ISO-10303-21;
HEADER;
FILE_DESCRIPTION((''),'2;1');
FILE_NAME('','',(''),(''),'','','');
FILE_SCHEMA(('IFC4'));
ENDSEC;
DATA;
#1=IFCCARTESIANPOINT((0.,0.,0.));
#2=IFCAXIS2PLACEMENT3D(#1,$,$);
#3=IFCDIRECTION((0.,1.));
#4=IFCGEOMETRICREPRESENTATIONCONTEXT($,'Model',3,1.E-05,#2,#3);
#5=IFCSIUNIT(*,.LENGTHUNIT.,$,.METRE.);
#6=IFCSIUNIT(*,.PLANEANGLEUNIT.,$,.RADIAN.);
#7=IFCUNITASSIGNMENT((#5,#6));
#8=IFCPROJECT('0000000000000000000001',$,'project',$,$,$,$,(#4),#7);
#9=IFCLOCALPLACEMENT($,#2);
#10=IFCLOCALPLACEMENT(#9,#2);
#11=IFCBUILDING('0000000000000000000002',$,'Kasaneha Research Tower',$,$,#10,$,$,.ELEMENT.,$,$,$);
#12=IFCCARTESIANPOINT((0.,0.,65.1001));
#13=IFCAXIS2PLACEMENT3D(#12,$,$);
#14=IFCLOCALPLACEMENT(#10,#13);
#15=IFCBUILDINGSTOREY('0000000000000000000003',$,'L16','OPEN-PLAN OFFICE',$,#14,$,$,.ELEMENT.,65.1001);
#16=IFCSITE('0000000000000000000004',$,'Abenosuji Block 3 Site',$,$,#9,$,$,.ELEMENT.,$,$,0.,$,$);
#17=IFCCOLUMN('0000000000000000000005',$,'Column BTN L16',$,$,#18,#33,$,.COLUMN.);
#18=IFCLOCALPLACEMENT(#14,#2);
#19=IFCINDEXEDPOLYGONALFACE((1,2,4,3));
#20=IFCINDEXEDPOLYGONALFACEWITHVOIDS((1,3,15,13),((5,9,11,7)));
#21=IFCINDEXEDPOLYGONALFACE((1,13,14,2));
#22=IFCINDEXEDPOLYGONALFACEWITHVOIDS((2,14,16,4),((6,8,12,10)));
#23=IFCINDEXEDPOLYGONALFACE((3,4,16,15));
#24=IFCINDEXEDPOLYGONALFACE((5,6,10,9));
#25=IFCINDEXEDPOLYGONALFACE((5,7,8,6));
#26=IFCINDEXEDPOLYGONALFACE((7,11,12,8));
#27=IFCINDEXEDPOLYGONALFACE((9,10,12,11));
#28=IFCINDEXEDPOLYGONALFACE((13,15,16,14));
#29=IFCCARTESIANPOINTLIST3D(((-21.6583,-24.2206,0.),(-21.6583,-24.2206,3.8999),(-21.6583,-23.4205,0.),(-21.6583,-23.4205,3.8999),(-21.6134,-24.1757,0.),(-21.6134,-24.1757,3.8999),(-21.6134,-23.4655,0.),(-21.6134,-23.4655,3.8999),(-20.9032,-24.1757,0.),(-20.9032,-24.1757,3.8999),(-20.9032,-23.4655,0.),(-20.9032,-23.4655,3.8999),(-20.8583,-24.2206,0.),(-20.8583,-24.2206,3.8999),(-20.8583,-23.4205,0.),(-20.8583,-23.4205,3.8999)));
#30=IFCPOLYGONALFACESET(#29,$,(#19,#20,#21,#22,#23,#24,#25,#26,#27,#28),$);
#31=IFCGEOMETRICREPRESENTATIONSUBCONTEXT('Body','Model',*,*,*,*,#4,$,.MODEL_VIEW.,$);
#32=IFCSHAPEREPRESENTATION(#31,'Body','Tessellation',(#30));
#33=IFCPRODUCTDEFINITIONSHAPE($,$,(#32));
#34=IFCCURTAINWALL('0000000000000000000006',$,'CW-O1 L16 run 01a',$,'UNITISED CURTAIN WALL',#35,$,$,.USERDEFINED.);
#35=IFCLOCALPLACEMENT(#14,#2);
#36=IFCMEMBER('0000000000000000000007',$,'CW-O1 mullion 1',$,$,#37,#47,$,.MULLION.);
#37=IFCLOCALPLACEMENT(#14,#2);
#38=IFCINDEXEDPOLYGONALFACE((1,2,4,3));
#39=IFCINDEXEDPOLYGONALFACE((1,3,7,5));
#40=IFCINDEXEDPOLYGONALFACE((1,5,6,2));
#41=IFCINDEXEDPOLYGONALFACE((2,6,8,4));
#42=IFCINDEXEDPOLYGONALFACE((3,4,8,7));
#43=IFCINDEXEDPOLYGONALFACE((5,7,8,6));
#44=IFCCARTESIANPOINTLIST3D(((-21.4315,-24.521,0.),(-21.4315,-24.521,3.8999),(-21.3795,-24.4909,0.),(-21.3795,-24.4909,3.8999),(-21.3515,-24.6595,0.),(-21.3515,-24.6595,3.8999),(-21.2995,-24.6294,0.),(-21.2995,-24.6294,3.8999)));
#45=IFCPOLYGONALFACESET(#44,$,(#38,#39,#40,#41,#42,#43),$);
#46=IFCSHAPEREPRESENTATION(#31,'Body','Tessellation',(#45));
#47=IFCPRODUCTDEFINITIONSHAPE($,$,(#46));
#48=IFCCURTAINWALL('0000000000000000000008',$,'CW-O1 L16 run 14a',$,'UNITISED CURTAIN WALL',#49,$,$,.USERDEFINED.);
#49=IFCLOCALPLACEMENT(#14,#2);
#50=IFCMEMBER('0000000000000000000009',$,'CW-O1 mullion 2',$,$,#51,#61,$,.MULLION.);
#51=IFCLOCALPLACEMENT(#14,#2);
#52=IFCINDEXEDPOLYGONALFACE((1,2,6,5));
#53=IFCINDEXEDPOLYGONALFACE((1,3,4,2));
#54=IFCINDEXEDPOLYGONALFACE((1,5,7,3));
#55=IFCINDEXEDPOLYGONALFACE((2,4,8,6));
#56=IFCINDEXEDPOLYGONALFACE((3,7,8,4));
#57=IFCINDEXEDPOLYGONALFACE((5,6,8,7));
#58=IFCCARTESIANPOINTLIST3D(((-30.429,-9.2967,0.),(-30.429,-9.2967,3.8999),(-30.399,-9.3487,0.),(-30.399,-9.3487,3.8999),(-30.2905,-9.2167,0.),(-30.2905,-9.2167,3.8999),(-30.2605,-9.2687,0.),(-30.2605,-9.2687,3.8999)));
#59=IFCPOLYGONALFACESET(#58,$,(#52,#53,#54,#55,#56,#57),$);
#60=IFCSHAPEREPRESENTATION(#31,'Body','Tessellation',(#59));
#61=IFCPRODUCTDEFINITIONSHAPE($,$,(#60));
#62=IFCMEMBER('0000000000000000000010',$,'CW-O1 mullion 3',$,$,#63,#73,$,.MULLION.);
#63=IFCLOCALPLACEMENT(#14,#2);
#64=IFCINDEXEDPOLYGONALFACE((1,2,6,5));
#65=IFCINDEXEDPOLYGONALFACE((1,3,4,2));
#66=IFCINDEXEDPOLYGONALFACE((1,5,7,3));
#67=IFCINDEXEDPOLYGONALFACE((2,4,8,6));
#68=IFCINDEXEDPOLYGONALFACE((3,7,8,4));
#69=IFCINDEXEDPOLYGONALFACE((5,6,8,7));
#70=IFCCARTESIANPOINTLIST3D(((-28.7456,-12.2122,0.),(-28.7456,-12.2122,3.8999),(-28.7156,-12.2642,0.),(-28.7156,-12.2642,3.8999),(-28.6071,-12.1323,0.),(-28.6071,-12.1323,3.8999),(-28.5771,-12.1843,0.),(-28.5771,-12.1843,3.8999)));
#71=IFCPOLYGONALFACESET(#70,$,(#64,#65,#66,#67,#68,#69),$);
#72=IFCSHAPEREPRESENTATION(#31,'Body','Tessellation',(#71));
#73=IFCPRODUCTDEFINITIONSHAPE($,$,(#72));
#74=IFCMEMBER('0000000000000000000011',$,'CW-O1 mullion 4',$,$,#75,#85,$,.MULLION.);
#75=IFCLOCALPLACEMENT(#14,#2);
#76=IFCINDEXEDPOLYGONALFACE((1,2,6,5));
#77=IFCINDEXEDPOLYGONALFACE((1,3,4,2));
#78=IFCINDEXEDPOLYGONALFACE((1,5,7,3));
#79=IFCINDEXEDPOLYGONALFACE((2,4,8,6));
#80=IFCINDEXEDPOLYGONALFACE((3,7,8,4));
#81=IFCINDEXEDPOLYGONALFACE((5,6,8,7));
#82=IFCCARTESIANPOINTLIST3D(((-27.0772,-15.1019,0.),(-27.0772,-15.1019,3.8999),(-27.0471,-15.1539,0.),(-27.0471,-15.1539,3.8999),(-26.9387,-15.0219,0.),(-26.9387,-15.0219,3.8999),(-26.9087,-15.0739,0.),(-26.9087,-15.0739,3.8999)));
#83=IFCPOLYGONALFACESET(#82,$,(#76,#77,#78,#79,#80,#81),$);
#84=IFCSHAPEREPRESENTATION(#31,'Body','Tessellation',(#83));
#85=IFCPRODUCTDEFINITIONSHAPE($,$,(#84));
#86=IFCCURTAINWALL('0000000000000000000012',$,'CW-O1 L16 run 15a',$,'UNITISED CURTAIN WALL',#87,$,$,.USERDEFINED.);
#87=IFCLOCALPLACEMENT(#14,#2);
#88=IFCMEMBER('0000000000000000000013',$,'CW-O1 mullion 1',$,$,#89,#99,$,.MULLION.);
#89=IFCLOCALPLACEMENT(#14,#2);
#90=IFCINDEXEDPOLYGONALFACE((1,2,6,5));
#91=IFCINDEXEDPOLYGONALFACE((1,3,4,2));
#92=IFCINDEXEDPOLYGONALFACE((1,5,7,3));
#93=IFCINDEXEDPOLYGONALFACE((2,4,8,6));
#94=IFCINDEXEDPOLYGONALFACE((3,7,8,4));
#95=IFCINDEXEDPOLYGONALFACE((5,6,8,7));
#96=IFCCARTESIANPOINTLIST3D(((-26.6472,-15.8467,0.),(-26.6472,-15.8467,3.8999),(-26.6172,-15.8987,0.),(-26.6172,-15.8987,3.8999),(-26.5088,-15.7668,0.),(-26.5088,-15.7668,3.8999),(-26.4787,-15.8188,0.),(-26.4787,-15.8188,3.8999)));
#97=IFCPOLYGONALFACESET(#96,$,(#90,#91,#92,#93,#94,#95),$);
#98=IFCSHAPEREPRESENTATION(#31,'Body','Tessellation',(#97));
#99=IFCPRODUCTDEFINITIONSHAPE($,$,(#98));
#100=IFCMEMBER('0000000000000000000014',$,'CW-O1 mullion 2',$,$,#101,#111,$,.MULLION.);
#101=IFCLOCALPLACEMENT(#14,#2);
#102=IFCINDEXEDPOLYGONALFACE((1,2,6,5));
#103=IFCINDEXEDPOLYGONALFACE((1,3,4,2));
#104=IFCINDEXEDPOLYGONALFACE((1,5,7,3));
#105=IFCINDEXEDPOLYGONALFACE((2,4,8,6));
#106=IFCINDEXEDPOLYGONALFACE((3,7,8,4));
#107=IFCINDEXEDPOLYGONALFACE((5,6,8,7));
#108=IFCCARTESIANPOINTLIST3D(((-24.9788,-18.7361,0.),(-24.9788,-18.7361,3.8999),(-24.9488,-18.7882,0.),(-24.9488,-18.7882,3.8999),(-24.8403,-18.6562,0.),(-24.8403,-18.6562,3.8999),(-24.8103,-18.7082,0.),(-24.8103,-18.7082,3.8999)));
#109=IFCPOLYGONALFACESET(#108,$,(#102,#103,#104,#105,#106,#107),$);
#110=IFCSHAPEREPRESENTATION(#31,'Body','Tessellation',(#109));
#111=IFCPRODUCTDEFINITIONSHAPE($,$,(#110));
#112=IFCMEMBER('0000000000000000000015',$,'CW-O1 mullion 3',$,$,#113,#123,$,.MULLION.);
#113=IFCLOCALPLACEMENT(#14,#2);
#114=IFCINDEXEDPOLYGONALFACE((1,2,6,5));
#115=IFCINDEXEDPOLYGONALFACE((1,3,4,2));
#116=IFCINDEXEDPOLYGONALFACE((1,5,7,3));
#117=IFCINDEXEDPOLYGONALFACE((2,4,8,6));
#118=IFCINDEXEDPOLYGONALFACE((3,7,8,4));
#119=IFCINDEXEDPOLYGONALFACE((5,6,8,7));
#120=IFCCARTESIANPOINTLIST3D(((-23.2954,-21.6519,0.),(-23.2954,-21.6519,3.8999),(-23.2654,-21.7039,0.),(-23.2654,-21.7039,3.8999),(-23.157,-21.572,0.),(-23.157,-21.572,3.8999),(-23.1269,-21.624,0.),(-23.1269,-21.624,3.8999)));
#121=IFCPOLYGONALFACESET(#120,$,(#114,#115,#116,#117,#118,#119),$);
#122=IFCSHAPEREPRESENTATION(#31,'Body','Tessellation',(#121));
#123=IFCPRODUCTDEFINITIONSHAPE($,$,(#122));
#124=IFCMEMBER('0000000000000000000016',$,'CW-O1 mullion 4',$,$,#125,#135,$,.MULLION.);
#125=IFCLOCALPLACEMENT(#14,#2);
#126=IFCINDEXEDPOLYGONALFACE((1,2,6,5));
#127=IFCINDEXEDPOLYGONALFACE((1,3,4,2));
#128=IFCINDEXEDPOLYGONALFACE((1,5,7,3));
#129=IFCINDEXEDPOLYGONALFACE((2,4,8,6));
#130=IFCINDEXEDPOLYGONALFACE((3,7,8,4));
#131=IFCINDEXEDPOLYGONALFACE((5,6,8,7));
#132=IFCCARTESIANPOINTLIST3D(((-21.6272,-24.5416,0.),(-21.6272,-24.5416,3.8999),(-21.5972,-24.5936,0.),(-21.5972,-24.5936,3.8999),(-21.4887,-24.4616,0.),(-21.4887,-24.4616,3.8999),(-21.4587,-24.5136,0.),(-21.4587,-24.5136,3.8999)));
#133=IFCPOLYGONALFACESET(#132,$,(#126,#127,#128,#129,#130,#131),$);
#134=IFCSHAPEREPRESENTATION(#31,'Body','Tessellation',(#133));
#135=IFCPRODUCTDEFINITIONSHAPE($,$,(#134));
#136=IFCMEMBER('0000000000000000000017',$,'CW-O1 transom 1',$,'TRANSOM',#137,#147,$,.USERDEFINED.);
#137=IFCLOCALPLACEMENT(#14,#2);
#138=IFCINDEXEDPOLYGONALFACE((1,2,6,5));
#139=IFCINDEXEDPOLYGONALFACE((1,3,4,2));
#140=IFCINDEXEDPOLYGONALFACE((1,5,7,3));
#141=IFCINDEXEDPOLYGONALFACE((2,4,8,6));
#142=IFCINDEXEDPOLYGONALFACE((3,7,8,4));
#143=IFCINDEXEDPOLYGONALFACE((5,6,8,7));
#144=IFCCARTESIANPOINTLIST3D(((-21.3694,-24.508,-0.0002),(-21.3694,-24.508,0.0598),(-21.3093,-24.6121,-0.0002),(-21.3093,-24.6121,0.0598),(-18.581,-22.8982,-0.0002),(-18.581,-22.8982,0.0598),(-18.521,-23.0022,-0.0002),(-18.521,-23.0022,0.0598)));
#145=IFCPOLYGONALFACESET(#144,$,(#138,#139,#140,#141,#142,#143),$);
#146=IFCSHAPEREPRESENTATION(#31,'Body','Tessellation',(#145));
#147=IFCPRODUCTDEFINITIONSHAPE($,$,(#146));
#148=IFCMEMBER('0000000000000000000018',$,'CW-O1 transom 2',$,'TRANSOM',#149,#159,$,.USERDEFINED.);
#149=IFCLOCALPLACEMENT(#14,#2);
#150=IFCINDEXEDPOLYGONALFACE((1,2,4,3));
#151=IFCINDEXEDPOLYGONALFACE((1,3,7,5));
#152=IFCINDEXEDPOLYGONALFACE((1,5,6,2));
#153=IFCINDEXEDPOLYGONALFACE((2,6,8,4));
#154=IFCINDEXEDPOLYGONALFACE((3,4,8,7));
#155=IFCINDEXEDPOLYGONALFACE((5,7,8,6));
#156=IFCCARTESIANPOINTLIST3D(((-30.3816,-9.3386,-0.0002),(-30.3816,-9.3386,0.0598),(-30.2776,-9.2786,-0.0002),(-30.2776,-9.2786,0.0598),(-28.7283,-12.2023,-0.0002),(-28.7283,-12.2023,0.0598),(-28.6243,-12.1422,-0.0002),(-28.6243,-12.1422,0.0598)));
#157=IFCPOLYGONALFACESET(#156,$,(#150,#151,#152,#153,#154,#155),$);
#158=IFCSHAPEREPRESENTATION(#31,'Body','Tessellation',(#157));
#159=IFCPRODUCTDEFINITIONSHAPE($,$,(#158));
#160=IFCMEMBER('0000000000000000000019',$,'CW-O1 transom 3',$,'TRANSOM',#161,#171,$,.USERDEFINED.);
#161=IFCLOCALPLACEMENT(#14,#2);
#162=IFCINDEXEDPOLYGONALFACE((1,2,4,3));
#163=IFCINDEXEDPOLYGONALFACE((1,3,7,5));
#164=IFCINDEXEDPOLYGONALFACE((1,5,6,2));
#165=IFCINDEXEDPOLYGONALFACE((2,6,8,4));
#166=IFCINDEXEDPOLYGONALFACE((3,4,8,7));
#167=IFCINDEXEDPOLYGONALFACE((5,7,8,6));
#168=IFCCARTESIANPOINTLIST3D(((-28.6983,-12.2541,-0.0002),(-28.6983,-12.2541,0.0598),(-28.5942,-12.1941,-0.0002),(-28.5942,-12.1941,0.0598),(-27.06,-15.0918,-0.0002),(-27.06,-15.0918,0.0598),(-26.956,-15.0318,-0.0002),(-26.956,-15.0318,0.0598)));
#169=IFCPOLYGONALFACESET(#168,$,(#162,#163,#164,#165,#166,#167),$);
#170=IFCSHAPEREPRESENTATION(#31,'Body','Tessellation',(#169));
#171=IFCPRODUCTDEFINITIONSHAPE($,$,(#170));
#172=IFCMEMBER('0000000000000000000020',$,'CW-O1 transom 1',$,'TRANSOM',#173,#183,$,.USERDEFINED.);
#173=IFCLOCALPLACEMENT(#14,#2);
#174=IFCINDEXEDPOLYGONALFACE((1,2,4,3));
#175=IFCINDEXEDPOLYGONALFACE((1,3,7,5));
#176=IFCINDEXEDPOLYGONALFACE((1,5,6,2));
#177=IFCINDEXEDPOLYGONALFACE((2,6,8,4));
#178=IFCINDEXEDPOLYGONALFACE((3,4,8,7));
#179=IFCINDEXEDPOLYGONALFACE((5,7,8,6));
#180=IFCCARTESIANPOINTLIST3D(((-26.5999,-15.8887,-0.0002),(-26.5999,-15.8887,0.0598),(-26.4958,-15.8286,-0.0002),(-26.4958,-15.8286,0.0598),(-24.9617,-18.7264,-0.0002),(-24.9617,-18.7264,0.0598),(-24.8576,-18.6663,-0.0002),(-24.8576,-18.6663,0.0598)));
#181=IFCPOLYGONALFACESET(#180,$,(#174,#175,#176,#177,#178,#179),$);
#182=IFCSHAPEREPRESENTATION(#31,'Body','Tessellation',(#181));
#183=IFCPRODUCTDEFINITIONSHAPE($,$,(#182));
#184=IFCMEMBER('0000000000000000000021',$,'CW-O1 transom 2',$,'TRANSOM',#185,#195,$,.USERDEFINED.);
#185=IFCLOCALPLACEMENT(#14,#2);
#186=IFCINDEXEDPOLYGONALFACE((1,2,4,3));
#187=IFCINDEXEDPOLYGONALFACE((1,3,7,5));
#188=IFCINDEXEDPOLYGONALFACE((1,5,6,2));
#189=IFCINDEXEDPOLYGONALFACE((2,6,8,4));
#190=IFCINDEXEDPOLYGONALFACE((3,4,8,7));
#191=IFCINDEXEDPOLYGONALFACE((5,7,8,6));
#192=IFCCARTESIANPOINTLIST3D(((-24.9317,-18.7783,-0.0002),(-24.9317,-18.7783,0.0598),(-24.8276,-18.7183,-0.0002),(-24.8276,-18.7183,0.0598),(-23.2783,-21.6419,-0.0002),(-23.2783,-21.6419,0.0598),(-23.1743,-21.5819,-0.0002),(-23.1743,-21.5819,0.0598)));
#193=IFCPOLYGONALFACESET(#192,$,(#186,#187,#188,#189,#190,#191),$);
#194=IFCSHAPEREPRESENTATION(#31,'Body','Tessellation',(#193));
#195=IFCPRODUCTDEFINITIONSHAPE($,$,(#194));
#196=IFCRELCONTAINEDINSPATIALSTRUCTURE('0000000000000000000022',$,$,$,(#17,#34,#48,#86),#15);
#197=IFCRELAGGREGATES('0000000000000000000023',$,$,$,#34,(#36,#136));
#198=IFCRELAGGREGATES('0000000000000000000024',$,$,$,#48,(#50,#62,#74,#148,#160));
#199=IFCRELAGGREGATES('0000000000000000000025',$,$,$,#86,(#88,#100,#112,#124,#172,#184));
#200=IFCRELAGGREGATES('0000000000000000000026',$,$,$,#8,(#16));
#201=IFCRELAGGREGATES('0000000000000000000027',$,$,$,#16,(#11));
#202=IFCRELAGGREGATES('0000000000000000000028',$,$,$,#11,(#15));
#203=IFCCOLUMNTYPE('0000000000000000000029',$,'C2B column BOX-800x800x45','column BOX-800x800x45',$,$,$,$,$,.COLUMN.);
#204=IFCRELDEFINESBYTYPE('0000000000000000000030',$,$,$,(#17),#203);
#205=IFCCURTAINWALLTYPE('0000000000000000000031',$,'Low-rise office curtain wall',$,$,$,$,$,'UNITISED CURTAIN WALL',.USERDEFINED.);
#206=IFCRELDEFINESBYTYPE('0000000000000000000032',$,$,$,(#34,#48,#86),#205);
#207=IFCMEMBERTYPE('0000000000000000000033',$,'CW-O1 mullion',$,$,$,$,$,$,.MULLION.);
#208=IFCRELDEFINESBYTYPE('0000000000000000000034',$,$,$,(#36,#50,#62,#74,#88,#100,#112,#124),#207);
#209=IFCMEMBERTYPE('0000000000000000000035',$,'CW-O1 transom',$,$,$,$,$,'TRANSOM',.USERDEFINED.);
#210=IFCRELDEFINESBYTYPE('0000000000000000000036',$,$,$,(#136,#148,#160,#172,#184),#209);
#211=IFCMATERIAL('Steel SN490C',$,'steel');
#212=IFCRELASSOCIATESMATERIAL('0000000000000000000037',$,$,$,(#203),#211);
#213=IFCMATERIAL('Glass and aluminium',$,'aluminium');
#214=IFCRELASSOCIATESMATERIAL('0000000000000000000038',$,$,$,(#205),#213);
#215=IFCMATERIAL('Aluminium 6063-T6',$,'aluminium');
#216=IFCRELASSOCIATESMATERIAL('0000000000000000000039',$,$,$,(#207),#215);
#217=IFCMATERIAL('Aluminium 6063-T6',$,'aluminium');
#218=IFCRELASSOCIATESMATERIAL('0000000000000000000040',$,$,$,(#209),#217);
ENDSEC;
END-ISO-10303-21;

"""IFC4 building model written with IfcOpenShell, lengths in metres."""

from ifc_helpers import new_model, si_unit, direction, frame, origin, origin_2d, place, context, subcontext, project, spatial, rectangle, hollow_rectangle, extrude, material, material_profile, profile_set, type_object, element, aggregate, save


model = new_model("IFC4")

# Units and contexts
model_context = context("Model", 3, precision=1e-05, world=origin(), true_north=direction((0.0, 1.0)))
body_context = subcontext(model_context, "Body", "Model", "MODEL_VIEW")
ifc_project = project(units=[si_unit("LENGTHUNIT", "METRE"), si_unit("PLANEANGLEUNIT", "RADIAN")], contexts=[model_context])

# Site, building, storey
site_placement = place(None, origin())
site = spatial("IfcSite", under=ifc_project, at=site_placement, Name="Abenosuji Block 3 Site", CompositionType="ELEMENT", RefElevation=0.0)
building_placement = place(site_placement, origin())
building = spatial("IfcBuilding", under=site, at=building_placement, Name="Kasaneha Research Tower", CompositionType="ELEMENT")
storey_placement = place(building_placement, frame((0.0, 0.0, 65.1001)))
storey = spatial("IfcBuildingStorey", under=building, at=storey_placement, Name="L16", Description="OPEN-PLAN OFFICE", CompositionType="ELEMENT", Elevation=65.1001)

# Column
ifc_material_1 = material(Name="Steel SN490C", Category="steel")
ifc_material_profile_1 = material_profile(ifc_material_1, hollow_rectangle(XDim=0.8, YDim=0.8, WallThickness=0.0449, at=origin_2d()), Name="BOX-800x800x45")
ifc_profile_set_1 = profile_set([ifc_material_profile_1], Name="Steel SN490C")
column_type = type_object("IfcColumnType", Name="C2B column BOX-800x800x45", Description="column BOX-800x800x45", PredefinedType="COLUMN", material=ifc_profile_set_1)
column_placement = place(storey_placement, frame((-21.2583, -23.8206, 0.0), z_axis=(0.0, 0.0, 1.0), x_axis=(1.0, 0.0, 0.0)))
element("IfcColumn", 1, at=column_placement, inside=storey, type_object=column_type, Name="Column BTN L16", PredefinedType="COLUMN", context=body_context, shape_type="SweptSolid", body=[
    extrude(hollow_rectangle(XDim=0.8, YDim=0.8, WallThickness=0.0449, at=origin_2d()), origin(), (0.0, 0.0, 1.0), 3.8999),
])

# Curtain wall, member
ifc_material_2 = material(Name="Glass and aluminium", Category="aluminium")
curtain_wall_type = type_object("IfcCurtainWallType", Name="Low-rise office curtain wall", ElementType="UNITISED CURTAIN WALL", PredefinedType="USERDEFINED", material=ifc_material_2)
curtain_wall_1_placement = place(storey_placement, origin())
curtain_wall_1 = element("IfcCurtainWall", 2, at=curtain_wall_1_placement, inside=storey, type_object=curtain_wall_type, Name="CW-O1 L16 run 01a", ObjectType="UNITISED CURTAIN WALL", PredefinedType="USERDEFINED")
ifc_material_3 = material(Name="Aluminium 6063-T6", Category="aluminium")
ifc_material_profile_2 = material_profile(ifc_material_3, rectangle(XDim=0.0601, YDim=0.1599, at=origin_2d()), Name="CW-O1 mullion 60x160")
ifc_profile_set_2 = profile_set([ifc_material_profile_2], Name="Aluminium 6063-T6")
member_type_1 = type_object("IfcMemberType", Name="CW-O1 mullion", PredefinedType="MULLION", material=ifc_profile_set_2)
member_1_placement = place(storey_placement, frame((-21.3655, -24.5752, 0.0), z_axis=(0.0, 0.0, 1.0), x_axis=(0.866025, 0.5, 0.0)))
member_1 = element("IfcMember", 3, at=member_1_placement, type_object=member_type_1, Name="CW-O1 mullion 1", PredefinedType="MULLION", context=body_context, shape_type="SweptSolid", body=[
    extrude(rectangle(XDim=0.0601, YDim=0.1599, at=origin_2d()), origin(), (0.0, 0.0, 1.0), 3.8999),
])

# Curtain walls, members
curtain_wall_2_placement = place(storey_placement, origin())
curtain_wall_2 = element("IfcCurtainWall", 4, at=curtain_wall_2_placement, inside=storey, type_object=curtain_wall_type, Name="CW-O1 L16 run 14a", ObjectType="UNITISED CURTAIN WALL", PredefinedType="USERDEFINED")
member_2_placement = place(storey_placement, frame((-30.3447, -9.2827, 0.0), z_axis=(0.0, 0.0, 1.0), x_axis=(0.5, -0.866025, 0.0)))
member_2 = element("IfcMember", 5, at=member_2_placement, type_object=member_type_1, Name="CW-O1 mullion 2", PredefinedType="MULLION", context=body_context, shape_type="SweptSolid", body=[
    extrude(rectangle(XDim=0.0601, YDim=0.1599, at=origin_2d()), origin(), (0.0, 0.0, 1.0), 3.8999),
])
member_3_placement = place(storey_placement, frame((-28.6614, -12.1982, 0.0), z_axis=(0.0, 0.0, 1.0), x_axis=(0.5, -0.866025, 0.0)))
member_3 = element("IfcMember", 6, at=member_3_placement, type_object=member_type_1, Name="CW-O1 mullion 3", PredefinedType="MULLION", context=body_context, shape_type="SweptSolid", body=[
    extrude(rectangle(XDim=0.0601, YDim=0.1599, at=origin_2d()), origin(), (0.0, 0.0, 1.0), 3.8999),
])
member_4_placement = place(storey_placement, frame((-26.9929, -15.0879, 0.0), z_axis=(0.0, 0.0, 1.0), x_axis=(0.5, -0.866025, 0.0)))
member_4 = element("IfcMember", 7, at=member_4_placement, type_object=member_type_1, Name="CW-O1 mullion 4", PredefinedType="MULLION", context=body_context, shape_type="SweptSolid", body=[
    extrude(rectangle(XDim=0.0601, YDim=0.1599, at=origin_2d()), origin(), (0.0, 0.0, 1.0), 3.8999),
])
curtain_wall_3_placement = place(storey_placement, origin())
curtain_wall_3 = element("IfcCurtainWall", 8, at=curtain_wall_3_placement, inside=storey, type_object=curtain_wall_type, Name="CW-O1 L16 run 15a", ObjectType="UNITISED CURTAIN WALL", PredefinedType="USERDEFINED")
member_5_placement = place(storey_placement, frame((-26.563, -15.8328, 0.0), z_axis=(0.0, 0.0, 1.0), x_axis=(0.5, -0.866025, 0.0)))
member_5 = element("IfcMember", 9, at=member_5_placement, type_object=member_type_1, Name="CW-O1 mullion 1", PredefinedType="MULLION", context=body_context, shape_type="SweptSolid", body=[
    extrude(rectangle(XDim=0.0601, YDim=0.1599, at=origin_2d()), origin(), (0.0, 0.0, 1.0), 3.8999),
])
member_6_placement = place(storey_placement, frame((-24.8945, -18.7222, 0.0), z_axis=(0.0, 0.0, 1.0), x_axis=(0.5, -0.866025, 0.0)))
member_6 = element("IfcMember", 10, at=member_6_placement, type_object=member_type_1, Name="CW-O1 mullion 2", PredefinedType="MULLION", context=body_context, shape_type="SweptSolid", body=[
    extrude(rectangle(XDim=0.0601, YDim=0.1599, at=origin_2d()), origin(), (0.0, 0.0, 1.0), 3.8999),
])
member_7_placement = place(storey_placement, frame((-23.2112, -21.6379, 0.0), z_axis=(0.0, 0.0, 1.0), x_axis=(0.5, -0.866025, 0.0)))
member_7 = element("IfcMember", 11, at=member_7_placement, type_object=member_type_1, Name="CW-O1 mullion 3", PredefinedType="MULLION", context=body_context, shape_type="SweptSolid", body=[
    extrude(rectangle(XDim=0.0601, YDim=0.1599, at=origin_2d()), origin(), (0.0, 0.0, 1.0), 3.8999),
])
member_8_placement = place(storey_placement, frame((-21.543, -24.5276, 0.0), z_axis=(0.0, 0.0, 1.0), x_axis=(0.5, -0.866025, 0.0)))
member_8 = element("IfcMember", 12, at=member_8_placement, type_object=member_type_1, Name="CW-O1 mullion 4", PredefinedType="MULLION", context=body_context, shape_type="SweptSolid", body=[
    extrude(rectangle(XDim=0.0601, YDim=0.1599, at=origin_2d()), origin(), (0.0, 0.0, 1.0), 3.8999),
])

# Members
ifc_material_4 = material(Name="Aluminium 6063-T6", Category="aluminium")
ifc_material_profile_3 = material_profile(ifc_material_4, rectangle(XDim=0.1201, YDim=0.0601, at=origin_2d()), Name="CW-O1 transom 120x60")
ifc_profile_set_3 = profile_set([ifc_material_profile_3], Name="Aluminium 6063-T6")
member_type_2 = type_object("IfcMemberType", Name="CW-O1 transom", ElementType="TRANSOM", PredefinedType="USERDEFINED", material=ifc_profile_set_3)
member_9_placement = place(storey_placement, frame((-21.3394, -24.5601, 0.0298), z_axis=(0.866023, 0.500005, 0.0), x_axis=(-0.500005, 0.866023, 0.0)))
member_9 = element("IfcMember", 13, at=member_9_placement, type_object=member_type_2, Name="CW-O1 transom 1", ObjectType="TRANSOM", PredefinedType="USERDEFINED", context=body_context, shape_type="SweptSolid", body=[
    extrude(rectangle(XDim=0.1201, YDim=0.0601, at=origin_2d()), origin(), (0.0, 0.0, 1.0), 3.2197),
])
member_10_placement = place(storey_placement, frame((-30.3296, -9.3086, 0.0298), z_axis=(0.499982, -0.866036, 0.0), x_axis=(0.866036, 0.499982, 0.0)))
member_10 = element("IfcMember", 14, at=member_10_placement, type_object=member_type_2, Name="CW-O1 transom 2", ObjectType="TRANSOM", PredefinedType="USERDEFINED", context=body_context, shape_type="SweptSolid", body=[
    extrude(rectangle(XDim=0.1201, YDim=0.0601, at=origin_2d()), origin(), (0.0, 0.0, 1.0), 3.3066),
])
member_11_placement = place(storey_placement, frame((-28.6462, -12.2241, 0.0298), z_axis=(0.49997, -0.866043, 0.0), x_axis=(0.866043, 0.49997, 0.0)))
member_11 = element("IfcMember", 15, at=member_11_placement, type_object=member_type_2, Name="CW-O1 transom 3", ObjectType="TRANSOM", PredefinedType="USERDEFINED", context=body_context, shape_type="SweptSolid", body=[
    extrude(rectangle(XDim=0.1201, YDim=0.0601, at=origin_2d()), origin(), (0.0, 0.0, 1.0), 3.2766),
])
member_12_placement = place(storey_placement, frame((-26.5479, -15.8586, 0.0298), z_axis=(0.49997, -0.866043, 0.0), x_axis=(0.866043, 0.49997, 0.0)))
member_12 = element("IfcMember", 16, at=member_12_placement, type_object=member_type_2, Name="CW-O1 transom 1", ObjectType="TRANSOM", PredefinedType="USERDEFINED", context=body_context, shape_type="SweptSolid", body=[
    extrude(rectangle(XDim=0.1201, YDim=0.0601, at=origin_2d()), origin(), (0.0, 0.0, 1.0), 3.2766),
])
member_13_placement = place(storey_placement, frame((-24.8796, -18.7483, 0.0298), z_axis=(0.500014, -0.866017, 0.0), x_axis=(0.866017, 0.500014, 0.0)))
member_13 = element("IfcMember", 17, at=member_13_placement, type_object=member_type_2, Name="CW-O1 transom 2", ObjectType="TRANSOM", PredefinedType="USERDEFINED", context=body_context, shape_type="SweptSolid", body=[
    extrude(rectangle(XDim=0.1201, YDim=0.0601, at=origin_2d()), origin(), (0.0, 0.0, 1.0), 3.3066),
])

aggregate(curtain_wall_1, [member_1, member_9])
aggregate(curtain_wall_2, [member_2, member_3, member_4, member_10, member_11])
aggregate(curtain_wall_3, [member_5, member_6, member_7, member_8, member_12, member_13])

save(model, "model.ifc")
